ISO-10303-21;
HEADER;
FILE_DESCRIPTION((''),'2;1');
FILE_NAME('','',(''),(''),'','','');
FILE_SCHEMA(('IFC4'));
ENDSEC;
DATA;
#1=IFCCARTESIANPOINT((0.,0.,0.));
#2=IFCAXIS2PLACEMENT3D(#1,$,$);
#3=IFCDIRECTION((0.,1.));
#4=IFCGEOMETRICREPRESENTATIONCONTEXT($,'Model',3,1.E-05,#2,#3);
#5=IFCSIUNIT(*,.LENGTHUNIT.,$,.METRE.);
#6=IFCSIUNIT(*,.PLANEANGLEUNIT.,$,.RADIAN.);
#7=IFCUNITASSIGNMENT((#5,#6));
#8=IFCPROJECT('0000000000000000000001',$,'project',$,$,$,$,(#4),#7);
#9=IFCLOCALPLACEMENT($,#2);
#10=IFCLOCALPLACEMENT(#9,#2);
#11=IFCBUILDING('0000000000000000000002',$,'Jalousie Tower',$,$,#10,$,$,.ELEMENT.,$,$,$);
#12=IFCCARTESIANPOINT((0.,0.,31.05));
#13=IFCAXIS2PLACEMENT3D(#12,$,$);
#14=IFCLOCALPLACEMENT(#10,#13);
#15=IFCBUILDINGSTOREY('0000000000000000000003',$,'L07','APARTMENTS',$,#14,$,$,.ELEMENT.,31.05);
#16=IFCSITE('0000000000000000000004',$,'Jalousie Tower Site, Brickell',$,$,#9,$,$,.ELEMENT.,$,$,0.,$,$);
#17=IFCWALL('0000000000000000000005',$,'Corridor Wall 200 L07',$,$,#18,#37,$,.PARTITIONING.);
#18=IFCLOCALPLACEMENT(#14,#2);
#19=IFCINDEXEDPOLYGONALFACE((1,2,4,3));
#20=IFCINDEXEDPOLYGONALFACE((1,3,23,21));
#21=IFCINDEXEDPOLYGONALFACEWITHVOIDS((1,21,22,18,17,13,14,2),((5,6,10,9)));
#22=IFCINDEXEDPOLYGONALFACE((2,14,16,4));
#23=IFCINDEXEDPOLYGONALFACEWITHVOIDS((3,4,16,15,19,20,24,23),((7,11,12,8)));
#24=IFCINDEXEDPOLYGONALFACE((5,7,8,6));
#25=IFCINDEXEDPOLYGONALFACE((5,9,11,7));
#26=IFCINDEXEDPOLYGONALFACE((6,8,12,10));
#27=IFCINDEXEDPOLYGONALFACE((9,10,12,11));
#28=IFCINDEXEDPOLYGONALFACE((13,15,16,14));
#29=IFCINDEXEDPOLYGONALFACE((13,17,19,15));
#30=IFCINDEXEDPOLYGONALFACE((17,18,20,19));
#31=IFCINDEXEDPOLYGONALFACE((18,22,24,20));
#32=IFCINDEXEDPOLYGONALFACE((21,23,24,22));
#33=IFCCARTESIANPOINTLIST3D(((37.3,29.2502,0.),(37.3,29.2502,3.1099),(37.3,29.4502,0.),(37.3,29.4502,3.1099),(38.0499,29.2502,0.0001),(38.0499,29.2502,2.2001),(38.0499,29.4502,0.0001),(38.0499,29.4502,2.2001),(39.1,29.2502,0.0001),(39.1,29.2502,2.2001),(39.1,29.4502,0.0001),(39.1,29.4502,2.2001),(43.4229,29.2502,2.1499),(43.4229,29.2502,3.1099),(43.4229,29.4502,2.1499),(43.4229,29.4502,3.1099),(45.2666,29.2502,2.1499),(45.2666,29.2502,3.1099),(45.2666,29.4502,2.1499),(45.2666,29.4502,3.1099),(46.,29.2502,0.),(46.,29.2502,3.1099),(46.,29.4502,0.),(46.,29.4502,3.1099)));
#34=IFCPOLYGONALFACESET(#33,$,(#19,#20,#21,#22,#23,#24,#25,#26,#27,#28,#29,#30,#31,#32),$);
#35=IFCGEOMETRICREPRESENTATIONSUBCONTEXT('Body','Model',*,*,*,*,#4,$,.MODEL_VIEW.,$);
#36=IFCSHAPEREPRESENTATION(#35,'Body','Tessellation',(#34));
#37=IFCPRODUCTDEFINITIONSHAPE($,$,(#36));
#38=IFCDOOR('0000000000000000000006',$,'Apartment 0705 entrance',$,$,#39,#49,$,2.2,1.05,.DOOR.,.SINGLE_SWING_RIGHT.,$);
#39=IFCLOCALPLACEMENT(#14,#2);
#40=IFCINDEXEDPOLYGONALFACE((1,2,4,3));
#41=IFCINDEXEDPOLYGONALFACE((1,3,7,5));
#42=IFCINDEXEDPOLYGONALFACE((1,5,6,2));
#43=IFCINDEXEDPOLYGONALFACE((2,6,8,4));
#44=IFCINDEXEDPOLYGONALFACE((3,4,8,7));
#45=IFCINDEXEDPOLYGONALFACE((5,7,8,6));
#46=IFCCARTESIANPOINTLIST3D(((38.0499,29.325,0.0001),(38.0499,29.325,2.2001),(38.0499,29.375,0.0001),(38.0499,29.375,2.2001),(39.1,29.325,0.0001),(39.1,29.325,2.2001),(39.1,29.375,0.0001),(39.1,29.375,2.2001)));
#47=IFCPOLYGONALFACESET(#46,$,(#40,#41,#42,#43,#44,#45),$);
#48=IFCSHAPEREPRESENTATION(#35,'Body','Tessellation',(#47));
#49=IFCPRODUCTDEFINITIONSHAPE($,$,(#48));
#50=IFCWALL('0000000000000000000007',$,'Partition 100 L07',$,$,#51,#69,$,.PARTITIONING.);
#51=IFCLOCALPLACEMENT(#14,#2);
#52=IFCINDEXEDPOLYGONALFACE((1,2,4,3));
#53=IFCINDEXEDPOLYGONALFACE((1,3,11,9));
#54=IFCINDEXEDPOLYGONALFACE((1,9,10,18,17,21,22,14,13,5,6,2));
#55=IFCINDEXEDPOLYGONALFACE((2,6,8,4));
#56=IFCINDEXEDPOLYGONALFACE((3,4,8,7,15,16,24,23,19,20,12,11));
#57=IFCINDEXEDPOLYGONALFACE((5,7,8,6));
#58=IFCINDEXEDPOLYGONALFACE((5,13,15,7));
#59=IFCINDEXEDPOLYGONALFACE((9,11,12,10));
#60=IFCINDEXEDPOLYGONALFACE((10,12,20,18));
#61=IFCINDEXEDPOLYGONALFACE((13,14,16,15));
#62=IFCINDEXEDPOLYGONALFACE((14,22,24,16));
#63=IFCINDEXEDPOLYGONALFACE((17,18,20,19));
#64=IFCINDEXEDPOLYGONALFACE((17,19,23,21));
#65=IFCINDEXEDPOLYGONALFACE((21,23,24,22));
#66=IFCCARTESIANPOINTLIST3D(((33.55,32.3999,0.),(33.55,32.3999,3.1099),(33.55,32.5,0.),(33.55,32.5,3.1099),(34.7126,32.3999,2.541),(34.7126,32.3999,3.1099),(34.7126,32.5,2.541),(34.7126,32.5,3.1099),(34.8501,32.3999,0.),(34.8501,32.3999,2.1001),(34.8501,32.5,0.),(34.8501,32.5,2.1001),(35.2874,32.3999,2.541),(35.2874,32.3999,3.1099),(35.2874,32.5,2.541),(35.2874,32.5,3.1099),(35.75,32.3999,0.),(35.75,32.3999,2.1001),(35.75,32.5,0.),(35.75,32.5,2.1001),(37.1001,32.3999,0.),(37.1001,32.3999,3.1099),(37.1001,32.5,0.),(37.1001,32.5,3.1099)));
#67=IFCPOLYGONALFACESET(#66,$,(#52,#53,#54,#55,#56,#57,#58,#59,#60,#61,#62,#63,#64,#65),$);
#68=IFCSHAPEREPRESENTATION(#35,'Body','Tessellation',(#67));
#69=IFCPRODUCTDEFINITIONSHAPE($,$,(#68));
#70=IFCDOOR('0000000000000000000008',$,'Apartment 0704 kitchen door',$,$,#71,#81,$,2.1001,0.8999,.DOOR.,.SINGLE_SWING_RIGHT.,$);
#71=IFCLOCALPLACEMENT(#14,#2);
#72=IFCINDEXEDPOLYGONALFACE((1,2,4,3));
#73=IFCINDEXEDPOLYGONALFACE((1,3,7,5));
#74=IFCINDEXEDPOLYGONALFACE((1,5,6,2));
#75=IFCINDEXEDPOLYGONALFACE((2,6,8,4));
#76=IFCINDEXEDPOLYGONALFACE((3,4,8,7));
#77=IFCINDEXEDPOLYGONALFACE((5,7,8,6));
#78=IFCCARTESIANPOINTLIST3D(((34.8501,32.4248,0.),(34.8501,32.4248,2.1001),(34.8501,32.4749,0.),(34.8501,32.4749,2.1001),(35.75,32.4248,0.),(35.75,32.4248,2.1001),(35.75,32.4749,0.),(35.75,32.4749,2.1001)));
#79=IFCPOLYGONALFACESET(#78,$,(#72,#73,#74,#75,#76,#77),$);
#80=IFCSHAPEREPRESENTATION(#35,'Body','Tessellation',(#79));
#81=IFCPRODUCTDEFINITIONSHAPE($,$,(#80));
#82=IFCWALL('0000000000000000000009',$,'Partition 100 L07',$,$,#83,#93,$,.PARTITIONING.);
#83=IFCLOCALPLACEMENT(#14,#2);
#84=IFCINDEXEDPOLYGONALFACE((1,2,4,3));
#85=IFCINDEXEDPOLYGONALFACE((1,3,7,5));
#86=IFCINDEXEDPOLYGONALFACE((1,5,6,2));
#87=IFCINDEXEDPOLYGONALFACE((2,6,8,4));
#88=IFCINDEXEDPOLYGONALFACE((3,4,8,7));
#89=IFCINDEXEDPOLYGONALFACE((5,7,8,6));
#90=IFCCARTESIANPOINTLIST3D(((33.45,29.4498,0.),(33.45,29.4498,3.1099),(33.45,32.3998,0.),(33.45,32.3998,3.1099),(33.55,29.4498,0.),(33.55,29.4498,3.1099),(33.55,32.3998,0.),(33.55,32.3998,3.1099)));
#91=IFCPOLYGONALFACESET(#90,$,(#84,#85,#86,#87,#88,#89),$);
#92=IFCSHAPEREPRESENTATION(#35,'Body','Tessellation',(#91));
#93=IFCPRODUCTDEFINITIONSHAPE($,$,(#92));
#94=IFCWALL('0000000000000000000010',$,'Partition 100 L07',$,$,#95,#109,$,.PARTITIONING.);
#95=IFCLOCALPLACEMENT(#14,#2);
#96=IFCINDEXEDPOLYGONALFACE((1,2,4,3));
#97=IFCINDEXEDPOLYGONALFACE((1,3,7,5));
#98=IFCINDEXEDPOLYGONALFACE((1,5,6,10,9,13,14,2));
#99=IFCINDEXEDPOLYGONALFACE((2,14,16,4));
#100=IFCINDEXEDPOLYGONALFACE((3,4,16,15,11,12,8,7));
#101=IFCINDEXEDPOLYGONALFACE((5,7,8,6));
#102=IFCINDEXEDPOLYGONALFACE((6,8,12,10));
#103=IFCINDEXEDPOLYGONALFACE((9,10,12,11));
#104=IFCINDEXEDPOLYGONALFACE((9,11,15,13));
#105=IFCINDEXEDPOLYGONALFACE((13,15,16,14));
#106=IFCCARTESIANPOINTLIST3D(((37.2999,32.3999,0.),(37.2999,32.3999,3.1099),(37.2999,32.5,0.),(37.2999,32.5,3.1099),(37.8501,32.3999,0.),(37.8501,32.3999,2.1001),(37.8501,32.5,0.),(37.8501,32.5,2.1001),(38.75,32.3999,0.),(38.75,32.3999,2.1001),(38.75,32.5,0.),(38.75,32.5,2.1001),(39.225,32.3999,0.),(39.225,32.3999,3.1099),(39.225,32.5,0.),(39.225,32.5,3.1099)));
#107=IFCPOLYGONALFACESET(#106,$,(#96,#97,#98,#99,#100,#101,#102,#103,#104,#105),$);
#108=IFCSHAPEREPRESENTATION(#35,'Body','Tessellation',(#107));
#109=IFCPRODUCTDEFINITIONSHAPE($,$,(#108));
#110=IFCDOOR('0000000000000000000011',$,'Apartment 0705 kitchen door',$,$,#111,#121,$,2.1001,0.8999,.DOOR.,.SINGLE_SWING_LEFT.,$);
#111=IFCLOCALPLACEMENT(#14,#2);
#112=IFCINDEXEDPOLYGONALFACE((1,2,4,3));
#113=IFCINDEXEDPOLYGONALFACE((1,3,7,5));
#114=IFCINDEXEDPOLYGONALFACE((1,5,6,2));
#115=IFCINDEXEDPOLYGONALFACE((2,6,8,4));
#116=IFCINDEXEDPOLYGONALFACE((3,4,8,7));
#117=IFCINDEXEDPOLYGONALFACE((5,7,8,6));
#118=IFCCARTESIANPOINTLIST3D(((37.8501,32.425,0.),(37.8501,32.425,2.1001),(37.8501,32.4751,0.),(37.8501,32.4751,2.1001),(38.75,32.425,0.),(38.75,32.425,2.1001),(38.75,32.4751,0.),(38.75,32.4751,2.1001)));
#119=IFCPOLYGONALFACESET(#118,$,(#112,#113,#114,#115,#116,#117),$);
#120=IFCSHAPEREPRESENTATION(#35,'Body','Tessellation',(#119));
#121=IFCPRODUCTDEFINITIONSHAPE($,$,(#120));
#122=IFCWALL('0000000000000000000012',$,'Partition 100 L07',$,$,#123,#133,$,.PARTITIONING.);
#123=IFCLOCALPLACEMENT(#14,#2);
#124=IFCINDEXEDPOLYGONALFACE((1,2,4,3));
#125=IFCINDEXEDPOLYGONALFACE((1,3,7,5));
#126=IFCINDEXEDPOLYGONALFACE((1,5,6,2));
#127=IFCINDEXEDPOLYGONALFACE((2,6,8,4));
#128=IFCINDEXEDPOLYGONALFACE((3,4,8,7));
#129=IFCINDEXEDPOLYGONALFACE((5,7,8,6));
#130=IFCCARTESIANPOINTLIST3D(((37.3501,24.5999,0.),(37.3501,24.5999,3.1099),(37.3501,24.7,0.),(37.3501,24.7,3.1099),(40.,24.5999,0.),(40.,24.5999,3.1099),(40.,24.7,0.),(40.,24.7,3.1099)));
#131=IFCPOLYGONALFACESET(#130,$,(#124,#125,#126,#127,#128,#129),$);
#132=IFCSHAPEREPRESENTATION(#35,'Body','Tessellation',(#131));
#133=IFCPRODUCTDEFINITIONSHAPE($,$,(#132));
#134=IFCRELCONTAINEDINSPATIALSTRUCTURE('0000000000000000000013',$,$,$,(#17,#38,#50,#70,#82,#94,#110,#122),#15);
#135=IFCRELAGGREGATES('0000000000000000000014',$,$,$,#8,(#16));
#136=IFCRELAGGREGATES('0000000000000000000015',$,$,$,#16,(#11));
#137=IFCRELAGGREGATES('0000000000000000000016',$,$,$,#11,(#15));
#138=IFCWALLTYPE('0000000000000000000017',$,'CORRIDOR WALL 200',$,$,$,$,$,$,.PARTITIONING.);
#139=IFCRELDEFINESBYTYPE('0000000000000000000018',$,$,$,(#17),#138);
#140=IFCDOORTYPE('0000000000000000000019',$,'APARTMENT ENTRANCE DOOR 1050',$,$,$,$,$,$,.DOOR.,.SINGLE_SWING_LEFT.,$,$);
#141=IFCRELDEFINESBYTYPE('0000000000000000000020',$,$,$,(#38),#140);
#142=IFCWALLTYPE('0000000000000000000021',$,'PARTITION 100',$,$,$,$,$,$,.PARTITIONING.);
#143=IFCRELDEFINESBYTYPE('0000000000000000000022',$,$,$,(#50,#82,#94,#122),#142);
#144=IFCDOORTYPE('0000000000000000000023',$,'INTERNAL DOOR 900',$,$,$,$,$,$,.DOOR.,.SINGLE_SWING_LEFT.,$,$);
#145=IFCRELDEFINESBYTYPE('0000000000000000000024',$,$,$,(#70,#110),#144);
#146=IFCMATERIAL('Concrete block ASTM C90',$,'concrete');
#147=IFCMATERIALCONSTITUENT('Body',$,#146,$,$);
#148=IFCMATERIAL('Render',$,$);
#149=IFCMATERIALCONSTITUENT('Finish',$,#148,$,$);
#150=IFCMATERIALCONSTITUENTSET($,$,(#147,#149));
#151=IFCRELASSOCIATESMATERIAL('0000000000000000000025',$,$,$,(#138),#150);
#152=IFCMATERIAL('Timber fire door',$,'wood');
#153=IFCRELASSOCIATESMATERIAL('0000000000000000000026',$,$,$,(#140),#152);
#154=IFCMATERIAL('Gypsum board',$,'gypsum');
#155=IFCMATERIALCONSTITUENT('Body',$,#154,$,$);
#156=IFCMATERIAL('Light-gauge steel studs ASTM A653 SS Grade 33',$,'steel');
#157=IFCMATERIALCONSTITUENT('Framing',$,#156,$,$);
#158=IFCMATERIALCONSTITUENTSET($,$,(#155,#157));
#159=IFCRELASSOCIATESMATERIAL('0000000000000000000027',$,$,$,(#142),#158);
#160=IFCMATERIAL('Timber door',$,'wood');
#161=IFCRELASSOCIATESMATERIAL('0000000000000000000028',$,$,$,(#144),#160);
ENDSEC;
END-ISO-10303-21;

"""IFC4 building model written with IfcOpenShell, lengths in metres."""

from ifc_helpers import new_model, si_unit, direction, frame, frame_2d, origin, place, context, subcontext, project, spatial, polyline, rectangle, outline, extrude, material, constituent, constituent_set, type_object, element, fill, save


model = new_model("IFC4")

# Units and contexts
model_context = context("Model", 3, precision=1e-05, world=origin(), true_north=direction((0.0, 1.0)))
body_context = subcontext(model_context, "Body", "Model", "MODEL_VIEW")
ifc_project = project(units=[si_unit("LENGTHUNIT", "METRE"), si_unit("PLANEANGLEUNIT", "RADIAN")], contexts=[model_context])

# Site, building, storey
site_placement = place(None, origin())
site = spatial("IfcSite", under=ifc_project, at=site_placement, Name="Jalousie Tower Site, Brickell", CompositionType="ELEMENT", RefElevation=0.0)
building_placement = place(site_placement, origin())
building = spatial("IfcBuilding", under=site, at=building_placement, Name="Jalousie Tower", CompositionType="ELEMENT")
storey_placement = place(building_placement, frame((0.0, 0.0, 31.05)))
storey = spatial("IfcBuildingStorey", under=building, at=storey_placement, Name="L07", Description="APARTMENTS", CompositionType="ELEMENT", Elevation=31.05)

# Walls, openings, doors
ifc_material_1 = material(Name="Concrete block ASTM C90", Category="concrete")
ifc_constituent_1 = constituent(ifc_material_1, Name="Body")
ifc_material_2 = material(Name="Render")
ifc_constituent_2 = constituent(ifc_material_2, Name="Finish")
ifc_constituent_set_1 = constituent_set(constituents=[ifc_constituent_1, ifc_constituent_2])
wall_type_1 = type_object("IfcWallType", Name="CORRIDOR WALL 200", PredefinedType="PARTITIONING", material=ifc_constituent_set_1)
wall_1_placement = place(storey_placement, frame((37.3, 29.3501, 0.0), z_axis=(0.0, 0.0, 1.0), x_axis=(1.0, 0.0, 0.0)))
wall_1 = element("IfcWall", 1, at=wall_1_placement, inside=storey, type_object=wall_type_1, Name="Corridor Wall 200 L07", PredefinedType="PARTITIONING", context=body_context, shape_type="SweptSolid", body=[
    extrude(outline(polyline([(0.0, 0.0), (8.7, 0.0), (8.7, 3.1099), (7.9666, 3.1099), (7.9666, 2.1499), (6.1228, 2.1499), (6.1228, 3.1099), (0.0, 3.1099), (0.0, 0.0)])), frame((0.0, 0.1001, 0.0), z_axis=(0.0, -1.0, 0.0), x_axis=(1.0, 0.0, 0.0)), (0.0, 0.0, 1.0), 0.2),
])
opening_1_placement = place(wall_1_placement, frame((0.75, 0.0, 0.0)))
opening_1 = element("IfcOpeningElement", 2, at=opening_1_placement, cuts=wall_1, PredefinedType="OPENING", context=body_context, shape_type="SweptSolid", body=[
    extrude(rectangle(XDim=1.05, YDim=2.2, at=frame_2d((0.5249, 1.1001))), frame((0.0, 0.1099, 0.0), z_axis=(0.0, -1.0, 0.0), x_axis=(1.0, 0.0, 0.0)), (0.0, 0.0, 1.0), 0.22),
])
ifc_material_3 = material(Name="Timber fire door", Category="wood")
door_type_1 = type_object("IfcDoorType", Name="APARTMENT ENTRANCE DOOR 1050", OperationType="SINGLE_SWING_LEFT", PredefinedType="DOOR", material=ifc_material_3)
door_1_placement = place(opening_1_placement, origin())
door_1 = element("IfcDoor", 3, at=door_1_placement, inside=storey, type_object=door_type_1, Name="Apartment 0705 entrance", OperationType="SINGLE_SWING_RIGHT", OverallHeight=2.2, OverallWidth=1.05, PredefinedType="DOOR", context=body_context, shape_type="SweptSolid", body=[
    extrude(rectangle(XDim=1.05, YDim=2.2, at=frame_2d((0.5249, 1.1001))), frame((0.0, 0.0249, 0.0), z_axis=(0.0, -1.0, 0.0), x_axis=(1.0, 0.0, 0.0)), (0.0, 0.0, 1.0), 0.05),
])
fill(opening_1, door_1)
ifc_material_4 = material(Name="Gypsum board", Category="gypsum")
ifc_constituent_3 = constituent(ifc_material_4, Name="Body")
ifc_material_5 = material(Name="Light-gauge steel studs ASTM A653 SS Grade 33", Category="steel")
ifc_constituent_4 = constituent(ifc_material_5, Name="Framing")
ifc_constituent_set_2 = constituent_set(constituents=[ifc_constituent_3, ifc_constituent_4])
wall_type_2 = type_object("IfcWallType", Name="PARTITION 100", PredefinedType="PARTITIONING", material=ifc_constituent_set_2)
wall_2_placement = place(storey_placement, frame((33.55, 32.45, 0.0), z_axis=(0.0, 0.0, 1.0), x_axis=(1.0, 0.0, 0.0)))
wall_2 = element("IfcWall", 4, at=wall_2_placement, inside=storey, type_object=wall_type_2, Name="Partition 100 L07", PredefinedType="PARTITIONING", context=body_context, shape_type="SweptSolid", body=[
    extrude(outline(polyline([(0.0, 0.0), (3.55, 0.0), (3.55, 3.1099), (1.7373, 3.1099), (1.7373, 2.541), (1.1626, 2.541), (1.1626, 3.1099), (0.0, 3.1099), (0.0, 0.0)])), frame((0.0, 0.05, 0.0), z_axis=(0.0, -1.0, 0.0), x_axis=(1.0, 0.0, 0.0)), (0.0, 0.0, 1.0), 0.1001),
])
opening_2_placement = place(wall_2_placement, frame((1.3, 0.0, 0.0)))
opening_2 = element("IfcOpeningElement", 5, at=opening_2_placement, cuts=wall_2, PredefinedType="OPENING", context=body_context, shape_type="SweptSolid", body=[
    extrude(rectangle(XDim=0.8999, YDim=2.1001, at=frame_2d((0.45, 1.05))), frame((0.0, 0.0601, 0.0), z_axis=(0.0, -1.0, 0.0), x_axis=(1.0, 0.0, 0.0)), (0.0, 0.0, 1.0), 0.1201),
])
ifc_material_6 = material(Name="Timber door", Category="wood")
door_type_2 = type_object("IfcDoorType", Name="INTERNAL DOOR 900", OperationType="SINGLE_SWING_LEFT", PredefinedType="DOOR", material=ifc_material_6)
door_2_placement = place(opening_2_placement, origin())
door_2 = element("IfcDoor", 6, at=door_2_placement, inside=storey, type_object=door_type_2, Name="Apartment 0704 kitchen door", OperationType="SINGLE_SWING_RIGHT", OverallHeight=2.1001, OverallWidth=0.8999, PredefinedType="DOOR", context=body_context, shape_type="SweptSolid", body=[
    extrude(rectangle(XDim=0.8999, YDim=2.1001, at=frame_2d((0.45, 1.05))), frame((0.0, 0.0249, 0.0), z_axis=(0.0, -1.0, 0.0), x_axis=(1.0, 0.0, 0.0)), (0.0, 0.0, 1.0), 0.05),
])
fill(opening_2, door_2)

# Wall
wall_3_placement = place(storey_placement, frame((33.5, 32.3999, 0.0), z_axis=(0.0, 0.0, 1.0), x_axis=(0.0, -1.0, 0.0)))
element("IfcWall", 7, at=wall_3_placement, inside=storey, type_object=wall_type_2, Name="Partition 100 L07", PredefinedType="PARTITIONING", context=body_context, shape_type="SweptSolid", body=[
    extrude(rectangle(XDim=2.95, YDim=0.1001, at=frame_2d((1.4751, 0.0))), origin(), (0.0, 0.0, 1.0), 3.1099),
])

# Wall, opening, door
wall_4_placement = place(storey_placement, frame((37.3, 32.45, 0.0), z_axis=(0.0, 0.0, 1.0), x_axis=(1.0, 0.0, 0.0)))
wall_4 = element("IfcWall", 8, at=wall_4_placement, inside=storey, type_object=wall_type_2, Name="Partition 100 L07", PredefinedType="PARTITIONING", context=body_context, shape_type="SweptSolid", body=[
    extrude(rectangle(XDim=1.925, YDim=0.1001, at=frame_2d((0.9624, 0.0))), origin(), (0.0, 0.0, 1.0), 3.1099),
])
opening_3_placement = place(wall_4_placement, frame((0.55, 0.0, 0.0)))
opening_3 = element("IfcOpeningElement", 9, at=opening_3_placement, cuts=wall_4, PredefinedType="OPENING", context=body_context, shape_type="SweptSolid", body=[
    extrude(rectangle(XDim=0.8999, YDim=2.1001, at=frame_2d((0.45, 1.05))), frame((0.0, 0.0601, 0.0), z_axis=(0.0, -1.0, 0.0), x_axis=(1.0, 0.0, 0.0)), (0.0, 0.0, 1.0), 0.1201),
])
door_3_placement = place(opening_3_placement, frame((0.8999, 0.0, 0.0), z_axis=(0.0, 0.0, 1.0), x_axis=(-1.0, 0.0, 0.0)))
door_3 = element("IfcDoor", 10, at=door_3_placement, inside=storey, type_object=door_type_2, Name="Apartment 0705 kitchen door", OperationType="SINGLE_SWING_LEFT", OverallHeight=2.1001, OverallWidth=0.8999, PredefinedType="DOOR", context=body_context, shape_type="SweptSolid", body=[
    extrude(rectangle(XDim=0.8999, YDim=2.1001, at=frame_2d((0.45, 1.05))), frame((0.0, 0.0249, 0.0), z_axis=(0.0, -1.0, 0.0), x_axis=(1.0, 0.0, 0.0)), (0.0, 0.0, 1.0), 0.05),
])
fill(opening_3, door_3)

# Wall
wall_5_placement = place(storey_placement, frame((37.3501, 24.6499, 0.0), z_axis=(0.0, 0.0, 1.0), x_axis=(1.0, 0.0, 0.0)))
element("IfcWall", 11, at=wall_5_placement, inside=storey, type_object=wall_type_2, Name="Partition 100 L07", PredefinedType="PARTITIONING", context=body_context, shape_type="SweptSolid", body=[
    extrude(rectangle(XDim=2.6499, YDim=0.1001, at=frame_2d((1.325, 0.0))), origin(), (0.0, 0.0, 1.0), 3.1099),
])

save(model, "model.ifc")
